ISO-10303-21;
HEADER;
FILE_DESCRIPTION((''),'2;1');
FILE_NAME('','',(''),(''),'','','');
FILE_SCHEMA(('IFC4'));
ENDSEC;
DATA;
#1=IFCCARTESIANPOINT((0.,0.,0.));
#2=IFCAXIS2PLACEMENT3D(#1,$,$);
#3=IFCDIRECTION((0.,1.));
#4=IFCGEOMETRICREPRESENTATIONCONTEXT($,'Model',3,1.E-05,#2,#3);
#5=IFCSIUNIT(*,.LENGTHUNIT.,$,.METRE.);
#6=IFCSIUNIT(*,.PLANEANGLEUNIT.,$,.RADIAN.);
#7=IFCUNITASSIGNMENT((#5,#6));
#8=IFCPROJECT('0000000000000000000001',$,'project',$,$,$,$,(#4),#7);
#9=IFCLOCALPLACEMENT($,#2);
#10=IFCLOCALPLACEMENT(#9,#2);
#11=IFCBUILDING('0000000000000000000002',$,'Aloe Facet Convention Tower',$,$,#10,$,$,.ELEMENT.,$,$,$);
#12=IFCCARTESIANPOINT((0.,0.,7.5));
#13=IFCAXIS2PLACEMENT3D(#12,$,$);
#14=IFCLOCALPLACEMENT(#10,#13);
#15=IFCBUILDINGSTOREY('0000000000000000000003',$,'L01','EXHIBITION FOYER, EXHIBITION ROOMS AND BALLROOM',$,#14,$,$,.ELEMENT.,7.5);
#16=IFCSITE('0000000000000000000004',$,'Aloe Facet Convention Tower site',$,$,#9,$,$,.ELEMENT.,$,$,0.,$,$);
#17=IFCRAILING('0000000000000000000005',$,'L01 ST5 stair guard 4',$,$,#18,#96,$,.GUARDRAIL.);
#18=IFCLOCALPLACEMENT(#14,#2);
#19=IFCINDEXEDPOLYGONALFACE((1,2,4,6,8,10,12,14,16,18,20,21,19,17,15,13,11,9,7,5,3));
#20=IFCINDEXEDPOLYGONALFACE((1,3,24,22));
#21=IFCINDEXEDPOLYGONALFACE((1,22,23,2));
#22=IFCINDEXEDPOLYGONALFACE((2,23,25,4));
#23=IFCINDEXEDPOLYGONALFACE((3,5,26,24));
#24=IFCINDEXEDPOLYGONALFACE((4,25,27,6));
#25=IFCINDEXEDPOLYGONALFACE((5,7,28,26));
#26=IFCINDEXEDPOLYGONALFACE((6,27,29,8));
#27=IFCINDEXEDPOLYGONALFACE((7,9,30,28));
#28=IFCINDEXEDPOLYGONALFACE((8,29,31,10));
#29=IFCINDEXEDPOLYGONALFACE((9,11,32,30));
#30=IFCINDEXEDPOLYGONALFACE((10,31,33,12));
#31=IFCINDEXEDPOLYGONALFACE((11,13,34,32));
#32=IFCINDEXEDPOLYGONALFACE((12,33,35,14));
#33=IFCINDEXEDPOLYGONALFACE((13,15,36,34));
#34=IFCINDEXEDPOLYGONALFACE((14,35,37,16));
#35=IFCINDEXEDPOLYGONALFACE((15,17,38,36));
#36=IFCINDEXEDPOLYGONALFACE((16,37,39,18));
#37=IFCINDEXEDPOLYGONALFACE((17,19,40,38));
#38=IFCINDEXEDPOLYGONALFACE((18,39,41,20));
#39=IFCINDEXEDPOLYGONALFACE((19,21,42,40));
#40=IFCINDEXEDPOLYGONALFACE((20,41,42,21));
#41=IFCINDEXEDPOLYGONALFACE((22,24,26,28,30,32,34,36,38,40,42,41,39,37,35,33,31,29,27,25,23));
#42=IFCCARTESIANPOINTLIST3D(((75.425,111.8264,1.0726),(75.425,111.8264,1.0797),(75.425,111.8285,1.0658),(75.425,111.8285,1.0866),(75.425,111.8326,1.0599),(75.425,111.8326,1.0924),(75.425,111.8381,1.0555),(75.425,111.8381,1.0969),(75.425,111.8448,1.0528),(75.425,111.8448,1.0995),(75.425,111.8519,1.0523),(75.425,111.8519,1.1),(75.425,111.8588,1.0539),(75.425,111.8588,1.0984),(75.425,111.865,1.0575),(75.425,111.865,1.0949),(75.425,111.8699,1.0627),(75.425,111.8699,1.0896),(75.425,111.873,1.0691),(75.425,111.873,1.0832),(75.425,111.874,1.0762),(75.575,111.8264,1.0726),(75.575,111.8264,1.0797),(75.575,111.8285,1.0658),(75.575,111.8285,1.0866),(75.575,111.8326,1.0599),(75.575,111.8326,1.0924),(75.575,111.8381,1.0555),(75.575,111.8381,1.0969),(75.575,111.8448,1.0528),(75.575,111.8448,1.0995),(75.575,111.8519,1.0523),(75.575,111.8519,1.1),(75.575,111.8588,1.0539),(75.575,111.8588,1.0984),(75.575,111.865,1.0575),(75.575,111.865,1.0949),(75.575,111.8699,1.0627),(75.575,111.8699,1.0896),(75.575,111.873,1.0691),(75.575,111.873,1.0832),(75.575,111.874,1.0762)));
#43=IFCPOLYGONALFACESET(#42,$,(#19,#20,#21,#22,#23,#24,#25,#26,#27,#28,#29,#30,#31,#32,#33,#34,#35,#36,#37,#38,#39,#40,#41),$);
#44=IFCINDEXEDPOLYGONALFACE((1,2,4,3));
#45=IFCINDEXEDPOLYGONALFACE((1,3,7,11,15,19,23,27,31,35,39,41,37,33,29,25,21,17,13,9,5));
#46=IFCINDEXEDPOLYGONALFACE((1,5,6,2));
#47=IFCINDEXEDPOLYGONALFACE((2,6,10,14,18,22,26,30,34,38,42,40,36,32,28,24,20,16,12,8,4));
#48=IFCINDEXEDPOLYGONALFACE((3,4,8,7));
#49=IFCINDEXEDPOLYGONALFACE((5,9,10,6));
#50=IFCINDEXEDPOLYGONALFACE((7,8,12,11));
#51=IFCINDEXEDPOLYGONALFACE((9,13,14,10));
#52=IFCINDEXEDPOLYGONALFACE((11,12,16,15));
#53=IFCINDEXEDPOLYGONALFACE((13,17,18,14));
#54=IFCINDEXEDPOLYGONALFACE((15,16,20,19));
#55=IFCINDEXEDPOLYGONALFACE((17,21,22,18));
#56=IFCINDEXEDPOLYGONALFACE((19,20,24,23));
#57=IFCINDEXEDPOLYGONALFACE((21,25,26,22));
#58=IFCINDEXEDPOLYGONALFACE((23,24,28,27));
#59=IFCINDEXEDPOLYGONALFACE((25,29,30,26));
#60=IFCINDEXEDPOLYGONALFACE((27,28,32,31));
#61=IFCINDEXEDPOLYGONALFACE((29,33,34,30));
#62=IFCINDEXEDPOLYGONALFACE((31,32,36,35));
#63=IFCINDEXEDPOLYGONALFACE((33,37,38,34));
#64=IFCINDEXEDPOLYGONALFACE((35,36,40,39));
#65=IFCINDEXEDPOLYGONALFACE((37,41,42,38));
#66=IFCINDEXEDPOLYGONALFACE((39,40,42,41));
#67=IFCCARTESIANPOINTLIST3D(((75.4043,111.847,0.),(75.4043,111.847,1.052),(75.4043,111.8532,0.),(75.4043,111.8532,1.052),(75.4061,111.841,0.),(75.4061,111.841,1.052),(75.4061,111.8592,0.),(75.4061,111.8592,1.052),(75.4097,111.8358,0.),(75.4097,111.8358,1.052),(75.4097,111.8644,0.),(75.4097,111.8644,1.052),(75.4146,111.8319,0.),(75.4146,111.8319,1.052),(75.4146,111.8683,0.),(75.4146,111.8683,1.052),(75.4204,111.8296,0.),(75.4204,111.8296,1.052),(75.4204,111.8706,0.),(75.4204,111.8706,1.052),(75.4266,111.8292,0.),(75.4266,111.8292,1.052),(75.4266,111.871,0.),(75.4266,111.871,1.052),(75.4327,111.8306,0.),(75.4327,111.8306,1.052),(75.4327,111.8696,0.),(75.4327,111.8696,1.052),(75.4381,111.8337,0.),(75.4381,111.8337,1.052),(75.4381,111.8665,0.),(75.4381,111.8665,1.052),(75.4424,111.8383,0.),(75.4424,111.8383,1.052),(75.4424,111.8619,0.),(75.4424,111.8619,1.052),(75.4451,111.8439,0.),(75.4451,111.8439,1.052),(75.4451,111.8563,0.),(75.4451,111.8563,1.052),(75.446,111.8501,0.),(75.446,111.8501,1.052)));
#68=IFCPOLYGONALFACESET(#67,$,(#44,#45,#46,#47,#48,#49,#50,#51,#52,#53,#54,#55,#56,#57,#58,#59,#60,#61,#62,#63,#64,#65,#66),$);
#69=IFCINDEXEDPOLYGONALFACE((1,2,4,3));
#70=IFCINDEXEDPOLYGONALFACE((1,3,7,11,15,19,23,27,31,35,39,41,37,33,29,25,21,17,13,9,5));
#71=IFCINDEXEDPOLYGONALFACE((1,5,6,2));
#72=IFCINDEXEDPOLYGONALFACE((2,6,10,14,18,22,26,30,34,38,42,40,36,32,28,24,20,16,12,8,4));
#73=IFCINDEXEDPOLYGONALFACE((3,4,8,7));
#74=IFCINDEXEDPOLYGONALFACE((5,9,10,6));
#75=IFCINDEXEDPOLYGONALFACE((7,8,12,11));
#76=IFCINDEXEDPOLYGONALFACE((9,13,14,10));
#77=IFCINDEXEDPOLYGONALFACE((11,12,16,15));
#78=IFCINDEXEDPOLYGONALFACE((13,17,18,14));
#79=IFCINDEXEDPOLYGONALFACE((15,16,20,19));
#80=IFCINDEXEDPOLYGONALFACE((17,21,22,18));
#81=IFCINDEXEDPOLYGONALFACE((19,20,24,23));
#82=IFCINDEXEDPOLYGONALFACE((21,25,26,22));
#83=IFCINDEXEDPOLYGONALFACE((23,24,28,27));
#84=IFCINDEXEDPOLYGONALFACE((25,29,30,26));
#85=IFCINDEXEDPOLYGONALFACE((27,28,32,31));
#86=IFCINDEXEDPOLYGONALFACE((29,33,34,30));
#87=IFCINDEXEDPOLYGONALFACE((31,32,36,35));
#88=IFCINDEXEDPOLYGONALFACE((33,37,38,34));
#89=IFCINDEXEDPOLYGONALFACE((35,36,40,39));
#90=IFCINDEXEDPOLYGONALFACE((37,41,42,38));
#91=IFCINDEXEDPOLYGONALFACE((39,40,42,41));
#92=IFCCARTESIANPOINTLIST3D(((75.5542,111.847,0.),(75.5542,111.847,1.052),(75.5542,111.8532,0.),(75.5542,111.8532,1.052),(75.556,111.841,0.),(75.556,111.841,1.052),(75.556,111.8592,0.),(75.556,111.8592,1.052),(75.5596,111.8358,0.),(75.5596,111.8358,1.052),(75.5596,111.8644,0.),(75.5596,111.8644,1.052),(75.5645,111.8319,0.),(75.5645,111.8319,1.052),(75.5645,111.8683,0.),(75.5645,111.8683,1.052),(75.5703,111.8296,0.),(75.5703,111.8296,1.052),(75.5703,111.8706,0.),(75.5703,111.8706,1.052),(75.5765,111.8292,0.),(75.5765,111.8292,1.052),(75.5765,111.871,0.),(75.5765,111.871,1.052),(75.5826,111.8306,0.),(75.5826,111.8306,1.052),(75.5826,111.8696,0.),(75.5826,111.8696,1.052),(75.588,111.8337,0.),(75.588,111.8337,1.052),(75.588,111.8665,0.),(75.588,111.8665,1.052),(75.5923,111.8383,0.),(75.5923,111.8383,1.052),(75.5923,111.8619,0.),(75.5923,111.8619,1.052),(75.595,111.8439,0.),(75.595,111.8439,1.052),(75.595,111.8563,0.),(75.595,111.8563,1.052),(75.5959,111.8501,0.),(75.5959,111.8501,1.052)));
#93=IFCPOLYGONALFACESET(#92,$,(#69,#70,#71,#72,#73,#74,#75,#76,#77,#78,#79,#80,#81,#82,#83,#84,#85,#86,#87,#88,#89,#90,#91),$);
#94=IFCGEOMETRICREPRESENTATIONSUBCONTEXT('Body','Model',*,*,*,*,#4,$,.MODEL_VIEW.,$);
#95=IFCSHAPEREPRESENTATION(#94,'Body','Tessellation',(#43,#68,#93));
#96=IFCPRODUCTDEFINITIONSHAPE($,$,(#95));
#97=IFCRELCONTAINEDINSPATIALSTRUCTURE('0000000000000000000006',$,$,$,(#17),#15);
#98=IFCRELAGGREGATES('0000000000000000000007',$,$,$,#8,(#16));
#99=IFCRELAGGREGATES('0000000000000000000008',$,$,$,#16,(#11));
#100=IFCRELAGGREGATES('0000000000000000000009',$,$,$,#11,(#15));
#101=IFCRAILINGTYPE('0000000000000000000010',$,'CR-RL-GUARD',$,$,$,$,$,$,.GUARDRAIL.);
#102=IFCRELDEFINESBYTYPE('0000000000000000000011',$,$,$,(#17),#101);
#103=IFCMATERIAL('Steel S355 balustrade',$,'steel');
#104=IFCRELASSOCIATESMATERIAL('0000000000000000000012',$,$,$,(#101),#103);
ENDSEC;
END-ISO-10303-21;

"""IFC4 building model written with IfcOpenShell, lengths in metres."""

from ifc_helpers import new_model, si_unit, direction, frame, origin, origin_2d, place, context, subcontext, project, spatial, circle, extrude, material, type_object, element, save


model = new_model("IFC4")

# Units and contexts
model_context = context("Model", 3, precision=1e-05, world=origin(), true_north=direction((0.0, 1.0)))
body_context = subcontext(model_context, "Body", "Model", "MODEL_VIEW")
ifc_project = project(units=[si_unit("LENGTHUNIT", "METRE"), si_unit("PLANEANGLEUNIT", "RADIAN")], contexts=[model_context])

# Site, building, storey
site_placement = place(None, origin())
site = spatial("IfcSite", under=ifc_project, at=site_placement, Name="Aloe Facet Convention Tower site", CompositionType="ELEMENT", RefElevation=0.0)
building_placement = place(site_placement, origin())
building = spatial("IfcBuilding", under=site, at=building_placement, Name="Aloe Facet Convention Tower", CompositionType="ELEMENT")
storey_placement = place(building_placement, frame((0.0, 0.0, 7.5)))
storey = spatial("IfcBuildingStorey", under=building, at=storey_placement, Name="L01", Description="EXHIBITION FOYER, EXHIBITION ROOMS AND BALLROOM", CompositionType="ELEMENT", Elevation=7.5)

# Railing
ifc_material_1 = material(Name="Steel S355 balustrade", Category="steel")
railing_type_1 = type_object("IfcRailingType", Name="CR-RL-GUARD", PredefinedType="GUARDRAIL", material=ifc_material_1)
railing_1_placement = place(storey_placement, frame((75.425, 111.8501, 0.0)))
element("IfcRailing", 1, at=railing_1_placement, inside=storey, type_object=railing_type_1, Name="L01 ST5 stair guard 4", PredefinedType="GUARDRAIL", context=body_context, shape_type="SweptSolid", body=[
    extrude(circle(Radius=0.0239, at=origin_2d()), frame((0.0, 0.0, 1.0762), z_axis=(1.0, 0.0, 0.0), x_axis=(0.0, 1.0, 0.0)), (0.0, 0.0, 1.0), 0.1499),
    extrude(circle(Radius=0.021, at=origin_2d()), origin(), (0.0, 0.0, 1.0), 1.052),
    extrude(circle(Radius=0.021, at=origin_2d()), frame((0.1499, 0.0, 0.0)), (0.0, 0.0, 1.0), 1.052),
])

save(model, "model.ifc")
